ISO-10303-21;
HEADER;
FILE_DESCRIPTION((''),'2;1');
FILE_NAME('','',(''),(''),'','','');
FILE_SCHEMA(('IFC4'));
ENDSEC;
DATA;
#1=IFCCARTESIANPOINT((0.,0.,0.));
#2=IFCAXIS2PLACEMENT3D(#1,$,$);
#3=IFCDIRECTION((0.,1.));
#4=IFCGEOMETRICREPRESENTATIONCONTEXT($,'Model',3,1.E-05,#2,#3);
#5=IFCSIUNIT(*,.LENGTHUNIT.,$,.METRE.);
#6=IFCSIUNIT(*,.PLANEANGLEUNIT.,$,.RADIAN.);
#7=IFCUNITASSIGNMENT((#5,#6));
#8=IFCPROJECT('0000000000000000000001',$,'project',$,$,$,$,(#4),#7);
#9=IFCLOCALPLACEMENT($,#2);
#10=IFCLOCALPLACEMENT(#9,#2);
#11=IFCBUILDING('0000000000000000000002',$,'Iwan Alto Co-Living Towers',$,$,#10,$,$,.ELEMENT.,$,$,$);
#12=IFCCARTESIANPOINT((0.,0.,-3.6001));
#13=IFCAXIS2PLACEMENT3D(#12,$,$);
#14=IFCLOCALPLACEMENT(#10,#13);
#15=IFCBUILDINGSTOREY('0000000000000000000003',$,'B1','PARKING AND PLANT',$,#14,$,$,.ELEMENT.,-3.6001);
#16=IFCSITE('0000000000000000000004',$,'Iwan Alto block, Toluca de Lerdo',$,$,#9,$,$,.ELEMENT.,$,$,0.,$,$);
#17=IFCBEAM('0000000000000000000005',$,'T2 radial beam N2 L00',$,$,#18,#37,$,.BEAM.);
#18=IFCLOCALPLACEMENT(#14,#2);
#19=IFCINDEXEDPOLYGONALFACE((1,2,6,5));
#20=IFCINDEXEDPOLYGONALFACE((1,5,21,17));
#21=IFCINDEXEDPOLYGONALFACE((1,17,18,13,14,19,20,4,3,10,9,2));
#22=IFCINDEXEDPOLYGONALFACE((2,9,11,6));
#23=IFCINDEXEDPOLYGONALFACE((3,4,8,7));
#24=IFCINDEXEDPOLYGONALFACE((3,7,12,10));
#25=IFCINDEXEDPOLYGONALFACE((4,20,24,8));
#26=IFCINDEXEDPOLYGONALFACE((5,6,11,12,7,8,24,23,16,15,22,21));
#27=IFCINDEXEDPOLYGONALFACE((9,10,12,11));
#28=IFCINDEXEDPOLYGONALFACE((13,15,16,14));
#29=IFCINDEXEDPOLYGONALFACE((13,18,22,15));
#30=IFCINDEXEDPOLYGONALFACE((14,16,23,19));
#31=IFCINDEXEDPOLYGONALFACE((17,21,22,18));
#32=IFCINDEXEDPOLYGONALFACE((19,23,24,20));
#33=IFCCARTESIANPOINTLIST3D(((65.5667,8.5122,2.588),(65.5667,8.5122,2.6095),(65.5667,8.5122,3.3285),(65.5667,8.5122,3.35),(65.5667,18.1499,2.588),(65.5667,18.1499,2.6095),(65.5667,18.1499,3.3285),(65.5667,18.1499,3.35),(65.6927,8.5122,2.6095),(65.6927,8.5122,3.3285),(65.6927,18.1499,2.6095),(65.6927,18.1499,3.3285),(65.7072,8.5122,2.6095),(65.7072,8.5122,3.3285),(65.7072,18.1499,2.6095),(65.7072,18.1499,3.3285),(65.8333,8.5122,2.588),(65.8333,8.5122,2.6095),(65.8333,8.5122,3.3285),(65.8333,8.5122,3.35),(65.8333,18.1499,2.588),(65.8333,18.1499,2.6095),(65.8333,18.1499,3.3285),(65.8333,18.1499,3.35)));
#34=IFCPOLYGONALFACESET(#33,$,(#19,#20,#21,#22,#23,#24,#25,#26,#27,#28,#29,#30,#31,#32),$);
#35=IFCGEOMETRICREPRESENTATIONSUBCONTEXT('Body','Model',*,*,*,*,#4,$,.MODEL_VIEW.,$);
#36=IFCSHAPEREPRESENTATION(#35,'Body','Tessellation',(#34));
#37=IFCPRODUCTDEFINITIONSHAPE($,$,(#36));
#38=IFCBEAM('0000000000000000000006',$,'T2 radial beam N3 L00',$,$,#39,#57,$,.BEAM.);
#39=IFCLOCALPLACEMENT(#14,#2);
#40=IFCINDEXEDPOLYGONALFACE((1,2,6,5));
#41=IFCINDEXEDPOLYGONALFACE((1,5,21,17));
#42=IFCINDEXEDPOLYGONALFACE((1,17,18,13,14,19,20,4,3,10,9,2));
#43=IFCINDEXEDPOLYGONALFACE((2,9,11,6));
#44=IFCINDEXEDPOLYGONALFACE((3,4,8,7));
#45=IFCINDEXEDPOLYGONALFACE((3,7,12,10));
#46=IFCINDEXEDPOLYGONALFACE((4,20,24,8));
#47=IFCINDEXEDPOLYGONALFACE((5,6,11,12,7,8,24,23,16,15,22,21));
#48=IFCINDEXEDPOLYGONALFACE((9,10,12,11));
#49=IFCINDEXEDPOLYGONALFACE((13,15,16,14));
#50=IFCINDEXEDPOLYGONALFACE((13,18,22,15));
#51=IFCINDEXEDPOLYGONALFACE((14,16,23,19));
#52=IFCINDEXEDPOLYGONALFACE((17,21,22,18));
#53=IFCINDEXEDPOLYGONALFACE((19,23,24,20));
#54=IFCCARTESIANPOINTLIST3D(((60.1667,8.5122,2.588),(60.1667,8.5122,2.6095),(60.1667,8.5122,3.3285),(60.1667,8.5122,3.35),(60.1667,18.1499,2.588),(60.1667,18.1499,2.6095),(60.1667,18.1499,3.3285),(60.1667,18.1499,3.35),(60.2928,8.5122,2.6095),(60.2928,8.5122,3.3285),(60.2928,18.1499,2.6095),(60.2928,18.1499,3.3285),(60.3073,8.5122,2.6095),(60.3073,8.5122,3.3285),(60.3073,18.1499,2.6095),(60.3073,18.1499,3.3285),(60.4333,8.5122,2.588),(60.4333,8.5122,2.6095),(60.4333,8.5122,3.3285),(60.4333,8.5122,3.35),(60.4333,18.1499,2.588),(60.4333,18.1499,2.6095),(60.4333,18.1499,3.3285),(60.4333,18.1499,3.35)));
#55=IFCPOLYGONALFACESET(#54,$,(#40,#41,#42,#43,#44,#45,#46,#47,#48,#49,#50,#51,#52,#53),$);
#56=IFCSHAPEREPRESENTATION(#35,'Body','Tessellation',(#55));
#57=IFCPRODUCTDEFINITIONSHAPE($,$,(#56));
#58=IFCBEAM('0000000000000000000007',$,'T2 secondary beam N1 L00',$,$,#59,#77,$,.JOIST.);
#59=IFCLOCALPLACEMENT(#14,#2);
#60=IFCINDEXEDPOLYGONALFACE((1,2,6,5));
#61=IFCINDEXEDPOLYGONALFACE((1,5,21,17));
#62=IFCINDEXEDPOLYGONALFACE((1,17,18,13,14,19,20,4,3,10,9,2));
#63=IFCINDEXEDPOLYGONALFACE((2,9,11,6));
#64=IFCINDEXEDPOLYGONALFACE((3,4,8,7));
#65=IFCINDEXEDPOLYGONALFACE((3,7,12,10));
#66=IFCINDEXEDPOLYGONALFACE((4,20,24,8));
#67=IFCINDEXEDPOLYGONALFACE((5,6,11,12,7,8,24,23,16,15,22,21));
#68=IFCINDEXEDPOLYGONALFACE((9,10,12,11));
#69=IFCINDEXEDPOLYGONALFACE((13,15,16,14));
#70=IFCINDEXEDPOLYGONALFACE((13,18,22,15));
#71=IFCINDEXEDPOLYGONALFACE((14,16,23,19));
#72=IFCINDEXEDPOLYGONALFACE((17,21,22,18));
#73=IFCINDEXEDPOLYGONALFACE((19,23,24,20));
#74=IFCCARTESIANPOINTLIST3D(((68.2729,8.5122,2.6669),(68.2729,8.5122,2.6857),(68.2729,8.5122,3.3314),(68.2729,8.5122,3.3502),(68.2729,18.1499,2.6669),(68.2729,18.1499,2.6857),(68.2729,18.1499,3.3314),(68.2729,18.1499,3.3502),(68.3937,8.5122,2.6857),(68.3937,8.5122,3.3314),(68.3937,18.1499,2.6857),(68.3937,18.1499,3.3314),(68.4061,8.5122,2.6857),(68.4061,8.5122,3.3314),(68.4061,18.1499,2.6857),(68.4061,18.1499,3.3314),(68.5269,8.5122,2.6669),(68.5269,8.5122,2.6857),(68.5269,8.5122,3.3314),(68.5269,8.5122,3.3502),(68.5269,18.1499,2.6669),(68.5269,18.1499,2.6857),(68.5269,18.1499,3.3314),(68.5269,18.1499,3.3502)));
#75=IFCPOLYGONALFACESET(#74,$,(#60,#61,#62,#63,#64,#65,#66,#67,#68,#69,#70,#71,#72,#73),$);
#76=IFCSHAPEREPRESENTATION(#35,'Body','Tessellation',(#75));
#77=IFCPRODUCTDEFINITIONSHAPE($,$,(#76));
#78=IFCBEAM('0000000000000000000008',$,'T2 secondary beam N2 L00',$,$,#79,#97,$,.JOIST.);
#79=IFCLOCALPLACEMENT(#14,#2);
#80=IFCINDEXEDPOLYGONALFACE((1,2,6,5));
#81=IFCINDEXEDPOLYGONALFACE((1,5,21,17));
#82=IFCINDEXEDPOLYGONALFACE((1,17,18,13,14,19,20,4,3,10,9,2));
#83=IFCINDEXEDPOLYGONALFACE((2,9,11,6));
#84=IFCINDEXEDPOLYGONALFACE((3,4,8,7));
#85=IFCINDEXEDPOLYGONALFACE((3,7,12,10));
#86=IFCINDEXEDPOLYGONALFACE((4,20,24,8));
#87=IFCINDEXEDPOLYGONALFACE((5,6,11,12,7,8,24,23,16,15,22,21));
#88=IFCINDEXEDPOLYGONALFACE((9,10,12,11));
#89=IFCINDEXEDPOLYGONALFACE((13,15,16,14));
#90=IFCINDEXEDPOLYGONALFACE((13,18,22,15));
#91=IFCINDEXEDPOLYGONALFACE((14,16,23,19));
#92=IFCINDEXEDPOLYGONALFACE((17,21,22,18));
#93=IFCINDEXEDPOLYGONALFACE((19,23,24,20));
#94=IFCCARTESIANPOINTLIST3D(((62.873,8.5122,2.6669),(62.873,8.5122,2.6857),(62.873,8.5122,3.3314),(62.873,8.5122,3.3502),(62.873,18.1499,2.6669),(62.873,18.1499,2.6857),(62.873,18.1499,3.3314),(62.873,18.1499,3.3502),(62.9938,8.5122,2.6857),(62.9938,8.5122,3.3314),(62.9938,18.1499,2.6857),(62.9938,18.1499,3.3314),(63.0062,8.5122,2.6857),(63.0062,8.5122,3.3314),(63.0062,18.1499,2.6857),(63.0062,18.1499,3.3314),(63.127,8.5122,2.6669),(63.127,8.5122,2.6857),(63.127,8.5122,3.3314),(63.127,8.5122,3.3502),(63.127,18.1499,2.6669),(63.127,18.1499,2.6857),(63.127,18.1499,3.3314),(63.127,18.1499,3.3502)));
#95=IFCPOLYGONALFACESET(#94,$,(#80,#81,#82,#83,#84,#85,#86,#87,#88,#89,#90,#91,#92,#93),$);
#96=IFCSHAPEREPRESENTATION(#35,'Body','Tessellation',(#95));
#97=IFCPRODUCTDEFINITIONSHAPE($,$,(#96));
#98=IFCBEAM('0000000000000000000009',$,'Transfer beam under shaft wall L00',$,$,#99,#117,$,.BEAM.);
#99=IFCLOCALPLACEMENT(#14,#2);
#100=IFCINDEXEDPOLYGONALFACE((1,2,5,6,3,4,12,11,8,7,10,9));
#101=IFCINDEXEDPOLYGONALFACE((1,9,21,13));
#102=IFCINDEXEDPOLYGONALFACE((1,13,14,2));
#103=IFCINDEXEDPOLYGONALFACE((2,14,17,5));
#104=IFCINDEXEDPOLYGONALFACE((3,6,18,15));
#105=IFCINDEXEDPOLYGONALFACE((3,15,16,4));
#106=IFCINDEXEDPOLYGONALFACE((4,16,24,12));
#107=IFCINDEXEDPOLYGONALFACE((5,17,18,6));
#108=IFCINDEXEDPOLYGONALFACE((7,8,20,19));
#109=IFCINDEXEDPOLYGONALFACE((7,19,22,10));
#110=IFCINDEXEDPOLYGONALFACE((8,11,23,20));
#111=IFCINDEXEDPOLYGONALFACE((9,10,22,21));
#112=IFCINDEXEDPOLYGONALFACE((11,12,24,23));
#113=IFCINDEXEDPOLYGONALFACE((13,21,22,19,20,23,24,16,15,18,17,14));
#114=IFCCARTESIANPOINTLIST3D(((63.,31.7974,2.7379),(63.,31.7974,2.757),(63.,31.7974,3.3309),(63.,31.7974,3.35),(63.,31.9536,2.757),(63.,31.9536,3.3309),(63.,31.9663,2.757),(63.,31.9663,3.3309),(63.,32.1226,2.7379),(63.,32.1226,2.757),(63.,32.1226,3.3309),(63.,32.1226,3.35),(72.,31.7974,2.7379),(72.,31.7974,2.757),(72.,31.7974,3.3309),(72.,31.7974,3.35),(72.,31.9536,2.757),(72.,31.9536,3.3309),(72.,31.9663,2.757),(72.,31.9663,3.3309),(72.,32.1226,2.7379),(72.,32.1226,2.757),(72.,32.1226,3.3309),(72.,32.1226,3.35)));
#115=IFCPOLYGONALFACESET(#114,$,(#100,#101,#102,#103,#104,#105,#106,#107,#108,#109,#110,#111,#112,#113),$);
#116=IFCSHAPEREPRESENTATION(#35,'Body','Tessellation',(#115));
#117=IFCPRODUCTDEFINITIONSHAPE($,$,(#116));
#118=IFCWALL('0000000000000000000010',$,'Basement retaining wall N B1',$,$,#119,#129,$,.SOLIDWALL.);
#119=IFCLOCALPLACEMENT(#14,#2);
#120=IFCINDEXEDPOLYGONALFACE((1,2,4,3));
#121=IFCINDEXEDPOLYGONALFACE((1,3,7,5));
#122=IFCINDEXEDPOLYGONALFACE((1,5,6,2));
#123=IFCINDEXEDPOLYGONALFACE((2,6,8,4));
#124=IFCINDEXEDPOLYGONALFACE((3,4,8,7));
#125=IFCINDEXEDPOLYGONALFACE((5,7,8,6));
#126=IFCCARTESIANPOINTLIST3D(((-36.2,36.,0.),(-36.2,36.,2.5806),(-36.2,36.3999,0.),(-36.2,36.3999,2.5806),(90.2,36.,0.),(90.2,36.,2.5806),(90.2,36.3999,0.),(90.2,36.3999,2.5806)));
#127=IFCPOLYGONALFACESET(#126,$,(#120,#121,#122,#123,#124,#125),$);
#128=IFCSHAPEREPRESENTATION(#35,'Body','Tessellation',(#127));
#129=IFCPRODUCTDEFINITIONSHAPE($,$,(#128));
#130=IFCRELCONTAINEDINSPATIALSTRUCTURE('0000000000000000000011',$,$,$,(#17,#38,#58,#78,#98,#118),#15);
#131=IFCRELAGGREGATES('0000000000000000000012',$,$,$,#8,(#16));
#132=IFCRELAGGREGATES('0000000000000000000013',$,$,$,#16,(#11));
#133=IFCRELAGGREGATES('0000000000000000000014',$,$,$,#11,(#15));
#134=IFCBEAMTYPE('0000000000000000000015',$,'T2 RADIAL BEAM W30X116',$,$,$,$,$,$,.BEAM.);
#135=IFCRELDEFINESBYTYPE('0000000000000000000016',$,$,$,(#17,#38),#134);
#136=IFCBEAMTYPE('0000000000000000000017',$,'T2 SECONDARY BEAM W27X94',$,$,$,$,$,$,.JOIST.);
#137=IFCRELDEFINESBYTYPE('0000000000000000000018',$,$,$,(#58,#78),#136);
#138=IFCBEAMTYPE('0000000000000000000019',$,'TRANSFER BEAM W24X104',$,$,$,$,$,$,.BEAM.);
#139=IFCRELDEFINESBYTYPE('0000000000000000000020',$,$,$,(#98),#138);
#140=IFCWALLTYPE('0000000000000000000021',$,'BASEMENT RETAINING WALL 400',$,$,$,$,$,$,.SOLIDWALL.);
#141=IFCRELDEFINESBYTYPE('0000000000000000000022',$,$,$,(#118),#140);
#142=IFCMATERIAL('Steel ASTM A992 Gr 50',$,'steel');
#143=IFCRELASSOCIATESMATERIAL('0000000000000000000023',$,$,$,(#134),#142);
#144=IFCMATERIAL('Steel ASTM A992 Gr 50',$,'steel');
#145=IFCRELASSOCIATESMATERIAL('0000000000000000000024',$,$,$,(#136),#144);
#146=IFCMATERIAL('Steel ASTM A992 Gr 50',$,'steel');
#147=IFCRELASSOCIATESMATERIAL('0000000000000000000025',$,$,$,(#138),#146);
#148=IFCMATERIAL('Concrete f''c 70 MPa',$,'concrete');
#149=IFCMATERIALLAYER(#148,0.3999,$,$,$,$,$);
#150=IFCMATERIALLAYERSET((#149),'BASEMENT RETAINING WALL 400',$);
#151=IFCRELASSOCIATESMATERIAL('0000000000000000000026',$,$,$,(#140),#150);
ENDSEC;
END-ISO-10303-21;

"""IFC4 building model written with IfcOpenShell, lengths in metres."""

from ifc_helpers import new_model, si_unit, direction, frame, frame_2d, origin, origin_2d, place, context, subcontext, project, spatial, rectangle, i_section, extrude, material, layer, layer_set, material_profile, profile_set, type_object, element, save


model = new_model("IFC4")

# Units and contexts
model_context = context("Model", 3, precision=1e-05, world=origin(), true_north=direction((0.0, 1.0)))
body_context = subcontext(model_context, "Body", "Model", "MODEL_VIEW")
ifc_project = project(units=[si_unit("LENGTHUNIT", "METRE"), si_unit("PLANEANGLEUNIT", "RADIAN")], contexts=[model_context])

# Site, building, storey
site_placement = place(None, origin())
site = spatial("IfcSite", under=ifc_project, at=site_placement, Name="Iwan Alto block, Toluca de Lerdo", CompositionType="ELEMENT", RefElevation=0.0)
building_placement = place(site_placement, origin())
building = spatial("IfcBuilding", under=site, at=building_placement, Name="Iwan Alto Co-Living Towers", CompositionType="ELEMENT")
storey_placement = place(building_placement, frame((0.0, 0.0, -3.6001)))
storey = spatial("IfcBuildingStorey", under=building, at=storey_placement, Name="B1", Description="PARKING AND PLANT", CompositionType="ELEMENT", Elevation=-3.6001)

# Beams
ifc_material_1 = material(Name="Steel ASTM A992 Gr 50", Category="steel")
ifc_material_profile_1 = material_profile(ifc_material_1, i_section(OverallWidth=0.2666, OverallDepth=0.762, WebThickness=0.0144, FlangeThickness=0.0215, at=origin_2d()), Name="W30X116")
ifc_profile_set_1 = profile_set([ifc_material_profile_1], Name="Steel ASTM A992 Gr 50")
beam_type_1 = type_object("IfcBeamType", Name="T2 RADIAL BEAM W30X116", PredefinedType="BEAM", material=ifc_profile_set_1)
for number, where, z_axis, x_axis, name in (
    (1, (65.7, 18.1499, 2.969), (0.0, -1.0, 0.0), (1.0, 0.0, 0.0), "T2 radial beam N2 L00"),
    (2, (60.3, 18.1499, 2.969), (0.0, -1.0, 0.0), (1.0, 0.0, 0.0), "T2 radial beam N3 L00"),
):
    element("IfcBeam", number, at=place(storey_placement, frame(where, z_axis=z_axis, x_axis=x_axis)), inside=storey, type_object=beam_type_1, Name=name, PredefinedType="BEAM", context=body_context, shape_type="SweptSolid", body=[
        extrude(i_section(OverallWidth=0.2666, OverallDepth=0.762, WebThickness=0.0144, FlangeThickness=0.0215, at=origin_2d()), origin(), (0.0, 0.0, 1.0), 9.6377),
    ])
ifc_material_2 = material(Name="Steel ASTM A992 Gr 50", Category="steel")
ifc_material_profile_2 = material_profile(ifc_material_2, i_section(OverallWidth=0.2539, OverallDepth=0.6833, WebThickness=0.0125, FlangeThickness=0.0188, at=origin_2d()), Name="W27X94")
ifc_profile_set_2 = profile_set([ifc_material_profile_2], Name="Steel ASTM A992 Gr 50")
beam_type_2 = type_object("IfcBeamType", Name="T2 SECONDARY BEAM W27X94", PredefinedType="JOIST", material=ifc_profile_set_2)
for number, where, z_axis, x_axis, name in (
    (3, (68.3999, 18.1499, 3.0085), (0.0, -1.0, 0.0), (1.0, 0.0, 0.0), "T2 secondary beam N1 L00"),
    (4, (63.0, 18.1499, 3.0085), (0.0, -1.0, 0.0), (1.0, 0.0, 0.0), "T2 secondary beam N2 L00"),
):
    element("IfcBeam", number, at=place(storey_placement, frame(where, z_axis=z_axis, x_axis=x_axis)), inside=storey, type_object=beam_type_2, Name=name, PredefinedType="JOIST", context=body_context, shape_type="SweptSolid", body=[
        extrude(i_section(OverallWidth=0.2539, OverallDepth=0.6833, WebThickness=0.0125, FlangeThickness=0.0188, at=origin_2d()), origin(), (0.0, 0.0, 1.0), 9.6377),
    ])
ifc_material_3 = material(Name="Steel ASTM A992 Gr 50", Category="steel")
ifc_material_profile_3 = material_profile(ifc_material_3, i_section(OverallWidth=0.3252, OverallDepth=0.6121, WebThickness=0.0127, FlangeThickness=0.019, at=origin_2d()), Name="W24X104")
ifc_profile_set_3 = profile_set([ifc_material_profile_3], Name="Steel ASTM A992 Gr 50")
beam_type_3 = type_object("IfcBeamType", Name="TRANSFER BEAM W24X104", PredefinedType="BEAM", material=ifc_profile_set_3)
beam_1_placement = place(storey_placement, frame((63.0, 31.96, 3.0439), z_axis=(1.0, 0.0, 0.0), x_axis=(0.0, 1.0, 0.0)))
element("IfcBeam", 5, at=beam_1_placement, inside=storey, type_object=beam_type_3, Name="Transfer beam under shaft wall L00", PredefinedType="BEAM", context=body_context, shape_type="SweptSolid", body=[
    extrude(i_section(OverallWidth=0.3252, OverallDepth=0.6121, WebThickness=0.0127, FlangeThickness=0.019, at=origin_2d()), origin(), (0.0, 0.0, 1.0), 9.0),
])

# Wall
ifc_material_4 = material(Name="Concrete f'c 70 MPa", Category="concrete")
ifc_layer = layer(ifc_material_4, 0.3999)
ifc_layer_set = layer_set([ifc_layer], Name="BASEMENT RETAINING WALL 400")
wall_type = type_object("IfcWallType", Name="BASEMENT RETAINING WALL 400", PredefinedType="SOLIDWALL", material=ifc_layer_set)
wall_placement = place(storey_placement, frame((90.2, 36.2, 0.0), z_axis=(0.0, 0.0, 1.0), x_axis=(-1.0, 0.0, 0.0)))
element("IfcWall", 6, at=wall_placement, inside=storey, type_object=wall_type, Name="Basement retaining wall N B1", PredefinedType="SOLIDWALL", context=body_context, shape_type="SweptSolid", body=[
    extrude(rectangle(XDim=126.3999, YDim=0.3999, at=frame_2d((63.2, 0.0))), origin(), (0.0, 0.0, 1.0), 2.5806),
])

save(model, "model.ifc")
